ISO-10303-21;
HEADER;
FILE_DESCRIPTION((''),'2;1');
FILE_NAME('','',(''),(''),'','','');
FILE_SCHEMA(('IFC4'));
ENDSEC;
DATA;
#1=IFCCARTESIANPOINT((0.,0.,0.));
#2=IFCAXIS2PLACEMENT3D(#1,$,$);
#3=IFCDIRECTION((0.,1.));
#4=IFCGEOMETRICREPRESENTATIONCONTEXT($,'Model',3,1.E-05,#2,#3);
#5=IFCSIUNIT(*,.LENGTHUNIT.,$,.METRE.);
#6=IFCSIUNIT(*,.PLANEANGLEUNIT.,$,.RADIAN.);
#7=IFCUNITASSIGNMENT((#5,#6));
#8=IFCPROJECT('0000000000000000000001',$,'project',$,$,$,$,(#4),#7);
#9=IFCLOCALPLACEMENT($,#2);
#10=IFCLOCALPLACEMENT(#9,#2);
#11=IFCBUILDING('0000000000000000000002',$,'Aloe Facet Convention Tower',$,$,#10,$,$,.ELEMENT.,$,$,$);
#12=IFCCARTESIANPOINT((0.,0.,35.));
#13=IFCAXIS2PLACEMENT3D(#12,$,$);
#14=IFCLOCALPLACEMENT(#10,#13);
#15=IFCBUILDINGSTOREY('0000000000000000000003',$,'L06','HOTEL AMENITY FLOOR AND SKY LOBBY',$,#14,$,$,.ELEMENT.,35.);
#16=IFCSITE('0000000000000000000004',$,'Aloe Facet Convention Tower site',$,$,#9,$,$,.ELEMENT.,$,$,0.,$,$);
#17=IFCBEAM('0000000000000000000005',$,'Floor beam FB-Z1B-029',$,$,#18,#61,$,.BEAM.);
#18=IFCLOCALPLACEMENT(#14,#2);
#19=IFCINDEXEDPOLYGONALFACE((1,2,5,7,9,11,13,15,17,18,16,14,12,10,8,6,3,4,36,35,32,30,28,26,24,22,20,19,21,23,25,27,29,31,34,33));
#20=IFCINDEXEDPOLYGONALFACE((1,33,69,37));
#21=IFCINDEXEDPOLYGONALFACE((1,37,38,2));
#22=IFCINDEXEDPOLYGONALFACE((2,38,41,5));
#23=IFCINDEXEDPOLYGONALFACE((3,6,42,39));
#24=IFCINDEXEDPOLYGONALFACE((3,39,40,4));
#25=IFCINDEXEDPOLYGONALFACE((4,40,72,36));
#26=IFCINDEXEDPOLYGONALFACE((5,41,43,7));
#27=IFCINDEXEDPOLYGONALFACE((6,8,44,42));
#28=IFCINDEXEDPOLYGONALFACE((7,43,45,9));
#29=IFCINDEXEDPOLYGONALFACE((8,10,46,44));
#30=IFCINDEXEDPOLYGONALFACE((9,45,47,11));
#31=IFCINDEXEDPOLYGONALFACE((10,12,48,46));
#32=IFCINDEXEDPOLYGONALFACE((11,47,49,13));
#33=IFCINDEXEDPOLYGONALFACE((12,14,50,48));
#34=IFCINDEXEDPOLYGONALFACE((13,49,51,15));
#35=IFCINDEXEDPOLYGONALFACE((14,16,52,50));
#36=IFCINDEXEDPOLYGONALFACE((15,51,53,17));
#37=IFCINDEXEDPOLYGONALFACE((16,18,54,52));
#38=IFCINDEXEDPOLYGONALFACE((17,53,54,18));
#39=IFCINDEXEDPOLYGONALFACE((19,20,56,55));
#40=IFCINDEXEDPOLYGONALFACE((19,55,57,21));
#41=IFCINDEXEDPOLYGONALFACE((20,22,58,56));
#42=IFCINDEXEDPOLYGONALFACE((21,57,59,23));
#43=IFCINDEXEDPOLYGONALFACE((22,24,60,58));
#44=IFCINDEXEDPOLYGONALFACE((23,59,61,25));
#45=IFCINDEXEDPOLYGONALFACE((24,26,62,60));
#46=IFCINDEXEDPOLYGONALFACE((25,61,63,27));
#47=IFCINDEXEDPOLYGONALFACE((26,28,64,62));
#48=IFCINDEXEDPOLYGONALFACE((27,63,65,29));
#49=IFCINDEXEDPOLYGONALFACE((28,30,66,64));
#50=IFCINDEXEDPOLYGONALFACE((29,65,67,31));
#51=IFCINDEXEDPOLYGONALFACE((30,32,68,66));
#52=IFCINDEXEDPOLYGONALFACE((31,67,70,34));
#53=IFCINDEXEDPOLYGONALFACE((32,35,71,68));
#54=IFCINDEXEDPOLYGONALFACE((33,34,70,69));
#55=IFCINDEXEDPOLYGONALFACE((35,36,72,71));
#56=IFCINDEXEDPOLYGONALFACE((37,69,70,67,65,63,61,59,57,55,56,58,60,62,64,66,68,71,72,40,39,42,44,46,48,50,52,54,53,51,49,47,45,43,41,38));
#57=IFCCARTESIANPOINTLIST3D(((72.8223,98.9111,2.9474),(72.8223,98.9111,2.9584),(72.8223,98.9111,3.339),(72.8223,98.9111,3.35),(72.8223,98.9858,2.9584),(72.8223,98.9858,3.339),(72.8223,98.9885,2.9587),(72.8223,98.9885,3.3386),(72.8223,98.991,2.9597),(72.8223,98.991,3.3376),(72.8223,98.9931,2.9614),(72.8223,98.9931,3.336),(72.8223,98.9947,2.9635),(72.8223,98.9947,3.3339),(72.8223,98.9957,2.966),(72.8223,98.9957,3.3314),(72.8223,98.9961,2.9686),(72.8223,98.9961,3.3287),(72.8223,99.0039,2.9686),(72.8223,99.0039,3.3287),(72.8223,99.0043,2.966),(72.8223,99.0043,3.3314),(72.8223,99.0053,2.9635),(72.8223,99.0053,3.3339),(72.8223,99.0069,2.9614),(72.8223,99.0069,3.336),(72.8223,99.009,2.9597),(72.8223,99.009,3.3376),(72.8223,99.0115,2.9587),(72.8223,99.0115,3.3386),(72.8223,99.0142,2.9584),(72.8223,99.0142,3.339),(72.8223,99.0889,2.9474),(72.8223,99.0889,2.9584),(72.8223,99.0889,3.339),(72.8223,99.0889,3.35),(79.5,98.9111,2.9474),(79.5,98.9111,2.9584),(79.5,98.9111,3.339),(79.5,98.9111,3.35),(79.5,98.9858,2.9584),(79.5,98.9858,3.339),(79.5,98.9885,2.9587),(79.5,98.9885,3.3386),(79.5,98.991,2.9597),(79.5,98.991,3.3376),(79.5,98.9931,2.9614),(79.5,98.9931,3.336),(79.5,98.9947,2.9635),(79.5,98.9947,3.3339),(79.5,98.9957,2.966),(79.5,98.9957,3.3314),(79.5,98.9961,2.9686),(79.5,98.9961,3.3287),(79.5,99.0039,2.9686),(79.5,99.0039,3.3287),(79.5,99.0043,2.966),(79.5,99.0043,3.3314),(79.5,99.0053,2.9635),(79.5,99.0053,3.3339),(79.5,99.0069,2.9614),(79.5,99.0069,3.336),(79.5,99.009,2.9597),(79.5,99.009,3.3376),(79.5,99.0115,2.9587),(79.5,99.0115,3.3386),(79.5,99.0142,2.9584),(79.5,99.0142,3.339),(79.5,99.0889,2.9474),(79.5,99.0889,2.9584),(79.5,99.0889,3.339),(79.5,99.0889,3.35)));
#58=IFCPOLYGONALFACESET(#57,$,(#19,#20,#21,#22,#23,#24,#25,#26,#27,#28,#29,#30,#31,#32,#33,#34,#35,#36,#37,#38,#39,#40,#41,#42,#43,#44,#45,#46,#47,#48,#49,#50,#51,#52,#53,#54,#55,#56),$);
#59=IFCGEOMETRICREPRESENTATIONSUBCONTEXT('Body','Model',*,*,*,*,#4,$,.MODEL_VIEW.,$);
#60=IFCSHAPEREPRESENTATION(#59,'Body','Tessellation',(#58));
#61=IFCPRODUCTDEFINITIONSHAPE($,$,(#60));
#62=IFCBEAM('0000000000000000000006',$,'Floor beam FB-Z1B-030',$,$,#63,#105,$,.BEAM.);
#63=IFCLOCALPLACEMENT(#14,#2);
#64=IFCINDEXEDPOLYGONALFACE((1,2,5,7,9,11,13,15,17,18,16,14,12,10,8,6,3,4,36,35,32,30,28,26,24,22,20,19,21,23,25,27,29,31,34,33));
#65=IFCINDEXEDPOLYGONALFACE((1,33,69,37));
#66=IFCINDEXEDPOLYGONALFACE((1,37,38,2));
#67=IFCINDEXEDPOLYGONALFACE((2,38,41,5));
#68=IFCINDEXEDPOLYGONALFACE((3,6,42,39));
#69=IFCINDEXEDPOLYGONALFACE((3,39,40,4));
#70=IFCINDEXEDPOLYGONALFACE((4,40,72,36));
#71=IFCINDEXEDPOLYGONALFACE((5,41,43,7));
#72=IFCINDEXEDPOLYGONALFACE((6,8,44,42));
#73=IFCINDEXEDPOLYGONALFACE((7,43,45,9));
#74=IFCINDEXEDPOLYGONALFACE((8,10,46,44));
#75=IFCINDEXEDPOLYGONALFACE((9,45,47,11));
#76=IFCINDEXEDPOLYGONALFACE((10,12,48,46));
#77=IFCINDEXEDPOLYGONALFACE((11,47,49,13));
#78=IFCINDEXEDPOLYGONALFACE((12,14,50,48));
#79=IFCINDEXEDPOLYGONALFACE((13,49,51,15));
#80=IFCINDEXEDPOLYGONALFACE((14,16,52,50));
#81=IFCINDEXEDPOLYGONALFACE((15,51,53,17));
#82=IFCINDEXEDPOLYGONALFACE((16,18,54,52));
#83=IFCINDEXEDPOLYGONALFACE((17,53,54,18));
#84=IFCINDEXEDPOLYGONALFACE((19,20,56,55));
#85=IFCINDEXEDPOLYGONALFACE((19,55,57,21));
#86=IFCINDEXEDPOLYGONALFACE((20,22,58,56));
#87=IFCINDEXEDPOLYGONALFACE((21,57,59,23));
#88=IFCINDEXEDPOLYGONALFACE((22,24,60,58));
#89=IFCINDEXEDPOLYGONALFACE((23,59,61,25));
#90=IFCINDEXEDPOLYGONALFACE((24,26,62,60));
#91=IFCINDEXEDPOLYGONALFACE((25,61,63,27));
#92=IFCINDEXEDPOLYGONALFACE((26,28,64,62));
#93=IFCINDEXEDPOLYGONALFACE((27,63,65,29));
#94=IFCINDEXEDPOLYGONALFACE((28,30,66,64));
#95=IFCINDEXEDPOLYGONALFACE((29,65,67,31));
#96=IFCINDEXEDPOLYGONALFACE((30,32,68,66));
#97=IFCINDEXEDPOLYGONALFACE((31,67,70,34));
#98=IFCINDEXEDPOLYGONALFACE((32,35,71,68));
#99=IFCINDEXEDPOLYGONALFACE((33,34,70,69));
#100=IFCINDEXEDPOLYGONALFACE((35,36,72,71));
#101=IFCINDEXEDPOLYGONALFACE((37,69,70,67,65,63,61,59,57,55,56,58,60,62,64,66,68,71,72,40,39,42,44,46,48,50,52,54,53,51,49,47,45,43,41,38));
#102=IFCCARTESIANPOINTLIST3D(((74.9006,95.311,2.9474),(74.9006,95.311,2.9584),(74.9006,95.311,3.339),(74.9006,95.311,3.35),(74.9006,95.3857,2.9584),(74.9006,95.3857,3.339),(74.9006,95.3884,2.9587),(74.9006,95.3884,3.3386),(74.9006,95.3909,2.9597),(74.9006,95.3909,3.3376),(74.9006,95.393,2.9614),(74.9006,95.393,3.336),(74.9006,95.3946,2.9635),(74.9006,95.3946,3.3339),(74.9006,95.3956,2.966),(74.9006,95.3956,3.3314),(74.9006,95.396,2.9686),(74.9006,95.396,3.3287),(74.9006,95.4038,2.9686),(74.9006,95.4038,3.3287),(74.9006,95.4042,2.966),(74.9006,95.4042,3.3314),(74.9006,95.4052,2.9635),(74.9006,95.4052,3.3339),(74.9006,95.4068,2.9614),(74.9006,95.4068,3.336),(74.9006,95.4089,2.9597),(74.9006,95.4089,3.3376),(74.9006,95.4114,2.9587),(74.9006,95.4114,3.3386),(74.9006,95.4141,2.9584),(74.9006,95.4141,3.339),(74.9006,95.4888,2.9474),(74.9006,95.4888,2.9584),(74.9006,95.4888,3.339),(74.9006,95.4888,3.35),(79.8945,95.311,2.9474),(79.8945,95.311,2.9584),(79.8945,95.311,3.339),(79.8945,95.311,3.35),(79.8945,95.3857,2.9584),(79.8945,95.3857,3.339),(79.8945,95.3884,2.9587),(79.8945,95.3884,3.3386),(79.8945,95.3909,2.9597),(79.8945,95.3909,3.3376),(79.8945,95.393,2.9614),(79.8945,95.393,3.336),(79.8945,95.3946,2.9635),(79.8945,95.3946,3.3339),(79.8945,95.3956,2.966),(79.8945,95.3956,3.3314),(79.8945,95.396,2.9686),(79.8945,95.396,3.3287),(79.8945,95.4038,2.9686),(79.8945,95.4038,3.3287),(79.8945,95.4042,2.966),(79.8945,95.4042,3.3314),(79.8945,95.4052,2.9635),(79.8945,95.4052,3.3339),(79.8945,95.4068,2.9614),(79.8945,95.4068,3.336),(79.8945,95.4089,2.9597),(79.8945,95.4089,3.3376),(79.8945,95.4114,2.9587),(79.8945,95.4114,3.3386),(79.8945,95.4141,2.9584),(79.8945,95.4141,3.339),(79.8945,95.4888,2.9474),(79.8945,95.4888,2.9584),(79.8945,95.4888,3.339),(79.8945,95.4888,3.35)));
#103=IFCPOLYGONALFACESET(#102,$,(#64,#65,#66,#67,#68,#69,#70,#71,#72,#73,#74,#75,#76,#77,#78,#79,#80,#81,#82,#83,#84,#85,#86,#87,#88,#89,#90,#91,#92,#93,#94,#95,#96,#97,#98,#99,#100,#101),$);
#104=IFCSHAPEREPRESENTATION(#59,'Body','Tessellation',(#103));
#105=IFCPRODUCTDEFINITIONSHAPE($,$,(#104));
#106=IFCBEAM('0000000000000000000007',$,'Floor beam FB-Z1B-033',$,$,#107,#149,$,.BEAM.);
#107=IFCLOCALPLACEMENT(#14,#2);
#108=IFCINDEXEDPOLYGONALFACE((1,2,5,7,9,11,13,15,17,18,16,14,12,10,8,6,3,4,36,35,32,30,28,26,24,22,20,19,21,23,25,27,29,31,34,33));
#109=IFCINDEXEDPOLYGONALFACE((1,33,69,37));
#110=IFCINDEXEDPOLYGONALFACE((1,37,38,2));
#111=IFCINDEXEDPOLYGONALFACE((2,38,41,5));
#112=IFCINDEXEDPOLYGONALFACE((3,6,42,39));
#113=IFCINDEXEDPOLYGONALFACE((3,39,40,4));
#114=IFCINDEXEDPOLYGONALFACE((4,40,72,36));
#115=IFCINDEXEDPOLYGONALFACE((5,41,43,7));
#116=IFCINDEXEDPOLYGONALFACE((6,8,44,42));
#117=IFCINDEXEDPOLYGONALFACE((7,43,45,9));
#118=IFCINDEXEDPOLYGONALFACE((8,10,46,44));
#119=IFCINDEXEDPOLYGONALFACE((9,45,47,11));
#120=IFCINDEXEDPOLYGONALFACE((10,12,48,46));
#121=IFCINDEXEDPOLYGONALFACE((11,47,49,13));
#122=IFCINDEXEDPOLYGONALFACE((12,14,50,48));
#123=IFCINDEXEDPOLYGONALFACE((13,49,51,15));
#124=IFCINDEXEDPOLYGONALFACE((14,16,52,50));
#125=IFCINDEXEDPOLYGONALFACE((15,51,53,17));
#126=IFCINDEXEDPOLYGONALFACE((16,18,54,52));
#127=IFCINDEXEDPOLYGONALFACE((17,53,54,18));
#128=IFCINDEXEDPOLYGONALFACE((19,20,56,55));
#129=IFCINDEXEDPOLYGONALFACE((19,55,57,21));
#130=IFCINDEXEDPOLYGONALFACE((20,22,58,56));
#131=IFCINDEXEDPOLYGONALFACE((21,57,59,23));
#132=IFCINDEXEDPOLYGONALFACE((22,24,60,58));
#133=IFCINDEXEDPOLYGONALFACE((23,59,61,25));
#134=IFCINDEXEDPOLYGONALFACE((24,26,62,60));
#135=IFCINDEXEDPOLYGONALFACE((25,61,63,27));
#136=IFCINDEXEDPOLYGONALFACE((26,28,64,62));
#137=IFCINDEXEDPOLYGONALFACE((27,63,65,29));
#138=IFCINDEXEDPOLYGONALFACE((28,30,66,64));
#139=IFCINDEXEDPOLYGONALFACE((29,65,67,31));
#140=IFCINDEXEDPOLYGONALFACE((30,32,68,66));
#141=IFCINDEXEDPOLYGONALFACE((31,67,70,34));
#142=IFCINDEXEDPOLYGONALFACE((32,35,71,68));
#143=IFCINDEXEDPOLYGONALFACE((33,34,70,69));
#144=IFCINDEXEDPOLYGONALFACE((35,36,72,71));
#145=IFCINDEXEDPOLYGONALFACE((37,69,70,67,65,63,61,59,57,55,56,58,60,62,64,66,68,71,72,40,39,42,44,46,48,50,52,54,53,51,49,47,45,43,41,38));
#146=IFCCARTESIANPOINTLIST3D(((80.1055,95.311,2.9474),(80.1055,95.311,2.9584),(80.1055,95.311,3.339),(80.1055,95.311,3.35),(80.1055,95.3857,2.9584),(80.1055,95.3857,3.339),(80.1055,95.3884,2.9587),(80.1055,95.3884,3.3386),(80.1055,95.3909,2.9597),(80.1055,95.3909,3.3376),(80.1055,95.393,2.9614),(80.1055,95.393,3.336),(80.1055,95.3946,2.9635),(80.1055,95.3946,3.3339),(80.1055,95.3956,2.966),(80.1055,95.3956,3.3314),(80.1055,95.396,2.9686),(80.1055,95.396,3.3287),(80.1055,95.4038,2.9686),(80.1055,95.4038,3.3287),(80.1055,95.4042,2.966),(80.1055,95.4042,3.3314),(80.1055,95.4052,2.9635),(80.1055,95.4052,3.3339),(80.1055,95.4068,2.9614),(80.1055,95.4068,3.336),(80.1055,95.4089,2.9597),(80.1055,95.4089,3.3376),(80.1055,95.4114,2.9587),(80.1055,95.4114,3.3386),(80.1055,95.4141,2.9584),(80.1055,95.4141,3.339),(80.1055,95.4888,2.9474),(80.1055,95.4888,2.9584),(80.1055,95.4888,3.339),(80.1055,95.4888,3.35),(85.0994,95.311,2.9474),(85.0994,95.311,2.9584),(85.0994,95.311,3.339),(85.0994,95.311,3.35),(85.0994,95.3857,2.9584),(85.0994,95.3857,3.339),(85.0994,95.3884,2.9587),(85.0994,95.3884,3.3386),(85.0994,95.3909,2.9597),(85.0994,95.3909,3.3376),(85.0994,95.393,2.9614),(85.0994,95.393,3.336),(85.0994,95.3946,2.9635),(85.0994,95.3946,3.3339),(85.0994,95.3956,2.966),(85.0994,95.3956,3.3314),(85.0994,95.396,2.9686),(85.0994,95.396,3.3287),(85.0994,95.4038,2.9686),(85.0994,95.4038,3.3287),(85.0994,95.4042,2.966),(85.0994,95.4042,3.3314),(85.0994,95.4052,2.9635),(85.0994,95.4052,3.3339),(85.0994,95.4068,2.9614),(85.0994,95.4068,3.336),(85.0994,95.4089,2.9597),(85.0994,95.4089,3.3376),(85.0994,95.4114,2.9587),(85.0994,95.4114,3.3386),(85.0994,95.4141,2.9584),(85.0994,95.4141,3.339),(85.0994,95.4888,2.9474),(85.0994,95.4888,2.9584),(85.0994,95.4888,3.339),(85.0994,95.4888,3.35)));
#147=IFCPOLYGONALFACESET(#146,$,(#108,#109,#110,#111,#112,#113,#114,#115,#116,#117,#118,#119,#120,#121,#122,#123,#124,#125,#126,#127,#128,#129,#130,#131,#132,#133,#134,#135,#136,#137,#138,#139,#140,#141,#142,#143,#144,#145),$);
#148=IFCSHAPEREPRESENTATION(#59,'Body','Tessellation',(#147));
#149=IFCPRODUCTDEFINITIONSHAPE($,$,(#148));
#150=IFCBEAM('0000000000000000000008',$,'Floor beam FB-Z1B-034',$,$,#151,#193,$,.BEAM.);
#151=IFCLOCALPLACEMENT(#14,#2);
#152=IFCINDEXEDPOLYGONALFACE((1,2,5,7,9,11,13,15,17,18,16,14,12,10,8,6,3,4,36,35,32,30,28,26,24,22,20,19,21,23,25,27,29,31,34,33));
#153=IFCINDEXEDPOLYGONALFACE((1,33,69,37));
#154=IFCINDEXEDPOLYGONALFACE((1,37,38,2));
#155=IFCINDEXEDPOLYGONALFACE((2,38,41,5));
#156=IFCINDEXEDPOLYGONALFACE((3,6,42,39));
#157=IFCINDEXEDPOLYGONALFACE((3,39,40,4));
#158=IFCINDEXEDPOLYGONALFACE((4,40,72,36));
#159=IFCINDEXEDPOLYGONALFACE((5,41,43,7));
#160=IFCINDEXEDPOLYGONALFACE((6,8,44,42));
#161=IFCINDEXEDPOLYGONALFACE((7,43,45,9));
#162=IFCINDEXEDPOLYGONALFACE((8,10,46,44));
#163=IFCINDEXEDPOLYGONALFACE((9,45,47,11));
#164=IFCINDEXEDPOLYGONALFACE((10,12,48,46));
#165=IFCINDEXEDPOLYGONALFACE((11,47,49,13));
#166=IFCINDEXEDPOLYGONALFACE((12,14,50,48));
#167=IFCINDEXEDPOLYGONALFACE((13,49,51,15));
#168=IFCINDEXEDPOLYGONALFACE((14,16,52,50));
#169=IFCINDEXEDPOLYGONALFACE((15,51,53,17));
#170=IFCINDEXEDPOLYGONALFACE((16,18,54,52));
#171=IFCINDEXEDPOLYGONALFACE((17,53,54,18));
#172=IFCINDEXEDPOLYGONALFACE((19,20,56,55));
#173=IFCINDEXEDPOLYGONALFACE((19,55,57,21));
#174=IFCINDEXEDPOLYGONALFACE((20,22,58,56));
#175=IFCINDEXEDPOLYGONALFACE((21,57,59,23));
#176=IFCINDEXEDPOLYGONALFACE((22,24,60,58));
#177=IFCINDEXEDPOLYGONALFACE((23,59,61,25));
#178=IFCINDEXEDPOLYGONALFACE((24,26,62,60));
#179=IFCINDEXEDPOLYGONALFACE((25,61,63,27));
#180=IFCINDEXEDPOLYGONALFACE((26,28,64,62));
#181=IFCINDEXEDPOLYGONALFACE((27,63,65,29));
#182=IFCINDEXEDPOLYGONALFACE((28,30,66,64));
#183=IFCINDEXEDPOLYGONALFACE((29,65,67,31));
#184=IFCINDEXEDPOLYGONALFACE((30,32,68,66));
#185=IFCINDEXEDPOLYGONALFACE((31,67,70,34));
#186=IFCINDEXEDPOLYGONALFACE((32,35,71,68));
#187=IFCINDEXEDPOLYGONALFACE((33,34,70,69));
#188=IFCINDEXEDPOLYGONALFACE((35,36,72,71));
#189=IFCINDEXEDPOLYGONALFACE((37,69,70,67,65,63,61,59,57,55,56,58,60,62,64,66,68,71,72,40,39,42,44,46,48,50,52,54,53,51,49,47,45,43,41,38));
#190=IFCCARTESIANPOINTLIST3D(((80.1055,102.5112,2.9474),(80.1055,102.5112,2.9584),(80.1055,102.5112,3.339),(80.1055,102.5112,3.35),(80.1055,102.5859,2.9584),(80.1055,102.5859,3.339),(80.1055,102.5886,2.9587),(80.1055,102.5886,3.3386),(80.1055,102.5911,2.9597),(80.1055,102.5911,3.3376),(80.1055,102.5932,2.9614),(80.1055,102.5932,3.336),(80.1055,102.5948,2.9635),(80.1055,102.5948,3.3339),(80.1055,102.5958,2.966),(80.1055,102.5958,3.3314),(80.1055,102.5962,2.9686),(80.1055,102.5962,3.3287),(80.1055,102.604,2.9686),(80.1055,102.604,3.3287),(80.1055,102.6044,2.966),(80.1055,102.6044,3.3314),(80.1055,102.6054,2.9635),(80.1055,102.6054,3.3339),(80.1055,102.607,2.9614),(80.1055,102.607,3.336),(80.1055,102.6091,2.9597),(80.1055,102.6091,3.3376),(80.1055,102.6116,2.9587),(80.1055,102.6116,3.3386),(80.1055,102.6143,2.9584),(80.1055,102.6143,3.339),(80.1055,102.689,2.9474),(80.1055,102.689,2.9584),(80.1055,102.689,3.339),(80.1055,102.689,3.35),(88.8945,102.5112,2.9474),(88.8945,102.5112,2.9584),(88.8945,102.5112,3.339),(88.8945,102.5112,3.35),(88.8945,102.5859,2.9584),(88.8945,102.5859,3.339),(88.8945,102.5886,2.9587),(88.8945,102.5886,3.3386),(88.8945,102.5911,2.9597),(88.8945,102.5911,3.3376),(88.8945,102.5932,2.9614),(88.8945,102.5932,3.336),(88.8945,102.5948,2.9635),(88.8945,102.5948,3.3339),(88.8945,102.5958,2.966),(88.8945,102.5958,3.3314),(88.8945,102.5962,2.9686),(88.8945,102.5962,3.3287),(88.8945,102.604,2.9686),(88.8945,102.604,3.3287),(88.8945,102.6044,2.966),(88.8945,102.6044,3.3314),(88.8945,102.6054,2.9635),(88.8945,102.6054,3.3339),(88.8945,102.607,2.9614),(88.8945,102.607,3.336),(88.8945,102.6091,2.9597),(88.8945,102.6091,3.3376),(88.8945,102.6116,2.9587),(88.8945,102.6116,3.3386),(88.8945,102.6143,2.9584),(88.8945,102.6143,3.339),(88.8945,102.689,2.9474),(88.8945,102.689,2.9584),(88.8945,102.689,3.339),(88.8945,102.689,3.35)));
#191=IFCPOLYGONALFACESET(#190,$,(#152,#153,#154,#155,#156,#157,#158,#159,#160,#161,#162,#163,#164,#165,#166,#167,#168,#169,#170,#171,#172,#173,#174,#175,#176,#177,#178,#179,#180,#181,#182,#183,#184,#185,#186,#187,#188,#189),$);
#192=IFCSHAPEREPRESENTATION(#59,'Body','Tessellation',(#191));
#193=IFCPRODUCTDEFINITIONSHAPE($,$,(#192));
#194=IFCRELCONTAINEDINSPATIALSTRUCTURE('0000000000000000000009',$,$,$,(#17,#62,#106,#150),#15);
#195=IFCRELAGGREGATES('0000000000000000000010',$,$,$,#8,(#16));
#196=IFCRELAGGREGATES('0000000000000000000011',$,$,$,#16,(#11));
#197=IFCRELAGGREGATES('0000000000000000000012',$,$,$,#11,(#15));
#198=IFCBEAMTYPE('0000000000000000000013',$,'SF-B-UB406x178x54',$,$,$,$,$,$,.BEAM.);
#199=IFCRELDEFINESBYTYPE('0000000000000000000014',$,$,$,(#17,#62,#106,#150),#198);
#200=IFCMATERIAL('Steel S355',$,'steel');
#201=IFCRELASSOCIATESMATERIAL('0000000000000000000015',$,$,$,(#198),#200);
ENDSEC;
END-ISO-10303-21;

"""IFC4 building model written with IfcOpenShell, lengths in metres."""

from ifc_helpers import new_model, si_unit, direction, frame, origin, origin_2d, place, context, subcontext, project, spatial, i_section, extrude, material, material_profile, profile_set, type_object, element, save


model = new_model("IFC4")

# Units and contexts
model_context = context("Model", 3, precision=1e-05, world=origin(), true_north=direction((0.0, 1.0)))
body_context = subcontext(model_context, "Body", "Model", "MODEL_VIEW")
ifc_project = project(units=[si_unit("LENGTHUNIT", "METRE"), si_unit("PLANEANGLEUNIT", "RADIAN")], contexts=[model_context])

# Site, building, storey
site_placement = place(None, origin())
site = spatial("IfcSite", under=ifc_project, at=site_placement, Name="Aloe Facet Convention Tower site", CompositionType="ELEMENT", RefElevation=0.0)
building_placement = place(site_placement, origin())
building = spatial("IfcBuilding", under=site, at=building_placement, Name="Aloe Facet Convention Tower", CompositionType="ELEMENT")
storey_placement = place(building_placement, frame((0.0, 0.0, 35.0)))
storey = spatial("IfcBuildingStorey", under=building, at=storey_placement, Name="L06", Description="HOTEL AMENITY FLOOR AND SKY LOBBY", CompositionType="ELEMENT", Elevation=35.0)

# Beams
ifc_material_1 = material(Name="Steel S355", Category="steel")
ifc_material_profile_1 = material_profile(ifc_material_1, i_section(OverallWidth=0.1777, OverallDepth=0.4026, WebThickness=0.0078, FlangeThickness=0.011, FilletRadius=0.0103, at=origin_2d()), Name="UB 406x178x54")
ifc_profile_set_1 = profile_set([ifc_material_profile_1], Name="Steel S355")
beam_type_1 = type_object("IfcBeamType", Name="SF-B-UB406x178x54", PredefinedType="BEAM", material=ifc_profile_set_1)
beam_1_placement = place(storey_placement, frame((72.8223, 99.0, 3.1487), z_axis=(1.0, 0.0, 0.0), x_axis=(0.0, 1.0, 0.0)))
element("IfcBeam", 1, at=beam_1_placement, inside=storey, type_object=beam_type_1, Name="Floor beam FB-Z1B-029", PredefinedType="BEAM", context=body_context, shape_type="SweptSolid", body=[
    extrude(i_section(OverallWidth=0.1777, OverallDepth=0.4026, WebThickness=0.0078, FlangeThickness=0.011, FilletRadius=0.0103, at=origin_2d()), origin(), (0.0, 0.0, 1.0), 6.6777),
])
for number, where, z_axis, x_axis, name in (
    (2, (74.9006, 95.3999, 3.1487), (1.0, 0.0, 0.0), (0.0, 1.0, 0.0), "Floor beam FB-Z1B-030"),
    (3, (80.1055, 95.3999, 3.1487), (1.0, 0.0, 0.0), (0.0, 1.0, 0.0), "Floor beam FB-Z1B-033"),
):
    element("IfcBeam", number, at=place(storey_placement, frame(where, z_axis=z_axis, x_axis=x_axis)), inside=storey, type_object=beam_type_1, Name=name, PredefinedType="BEAM", context=body_context, shape_type="SweptSolid", body=[
        extrude(i_section(OverallWidth=0.1777, OverallDepth=0.4026, WebThickness=0.0078, FlangeThickness=0.011, FilletRadius=0.0103, at=origin_2d()), origin(), (0.0, 0.0, 1.0), 4.9939),
    ])
for number, where, z_axis, x_axis, name in (
    (4, (80.1055, 102.6001, 3.1487), (1.0, 0.0, 0.0), (0.0, 1.0, 0.0), "Floor beam FB-Z1B-034"),
):
    element("IfcBeam", number, at=place(storey_placement, frame(where, z_axis=z_axis, x_axis=x_axis)), inside=storey, type_object=beam_type_1, Name=name, PredefinedType="BEAM", context=body_context, shape_type="SweptSolid", body=[
        extrude(i_section(OverallWidth=0.1777, OverallDepth=0.4026, WebThickness=0.0078, FlangeThickness=0.011, FilletRadius=0.0103, at=origin_2d()), origin(), (0.0, 0.0, 1.0), 8.7891),
    ])

save(model, "model.ifc")
